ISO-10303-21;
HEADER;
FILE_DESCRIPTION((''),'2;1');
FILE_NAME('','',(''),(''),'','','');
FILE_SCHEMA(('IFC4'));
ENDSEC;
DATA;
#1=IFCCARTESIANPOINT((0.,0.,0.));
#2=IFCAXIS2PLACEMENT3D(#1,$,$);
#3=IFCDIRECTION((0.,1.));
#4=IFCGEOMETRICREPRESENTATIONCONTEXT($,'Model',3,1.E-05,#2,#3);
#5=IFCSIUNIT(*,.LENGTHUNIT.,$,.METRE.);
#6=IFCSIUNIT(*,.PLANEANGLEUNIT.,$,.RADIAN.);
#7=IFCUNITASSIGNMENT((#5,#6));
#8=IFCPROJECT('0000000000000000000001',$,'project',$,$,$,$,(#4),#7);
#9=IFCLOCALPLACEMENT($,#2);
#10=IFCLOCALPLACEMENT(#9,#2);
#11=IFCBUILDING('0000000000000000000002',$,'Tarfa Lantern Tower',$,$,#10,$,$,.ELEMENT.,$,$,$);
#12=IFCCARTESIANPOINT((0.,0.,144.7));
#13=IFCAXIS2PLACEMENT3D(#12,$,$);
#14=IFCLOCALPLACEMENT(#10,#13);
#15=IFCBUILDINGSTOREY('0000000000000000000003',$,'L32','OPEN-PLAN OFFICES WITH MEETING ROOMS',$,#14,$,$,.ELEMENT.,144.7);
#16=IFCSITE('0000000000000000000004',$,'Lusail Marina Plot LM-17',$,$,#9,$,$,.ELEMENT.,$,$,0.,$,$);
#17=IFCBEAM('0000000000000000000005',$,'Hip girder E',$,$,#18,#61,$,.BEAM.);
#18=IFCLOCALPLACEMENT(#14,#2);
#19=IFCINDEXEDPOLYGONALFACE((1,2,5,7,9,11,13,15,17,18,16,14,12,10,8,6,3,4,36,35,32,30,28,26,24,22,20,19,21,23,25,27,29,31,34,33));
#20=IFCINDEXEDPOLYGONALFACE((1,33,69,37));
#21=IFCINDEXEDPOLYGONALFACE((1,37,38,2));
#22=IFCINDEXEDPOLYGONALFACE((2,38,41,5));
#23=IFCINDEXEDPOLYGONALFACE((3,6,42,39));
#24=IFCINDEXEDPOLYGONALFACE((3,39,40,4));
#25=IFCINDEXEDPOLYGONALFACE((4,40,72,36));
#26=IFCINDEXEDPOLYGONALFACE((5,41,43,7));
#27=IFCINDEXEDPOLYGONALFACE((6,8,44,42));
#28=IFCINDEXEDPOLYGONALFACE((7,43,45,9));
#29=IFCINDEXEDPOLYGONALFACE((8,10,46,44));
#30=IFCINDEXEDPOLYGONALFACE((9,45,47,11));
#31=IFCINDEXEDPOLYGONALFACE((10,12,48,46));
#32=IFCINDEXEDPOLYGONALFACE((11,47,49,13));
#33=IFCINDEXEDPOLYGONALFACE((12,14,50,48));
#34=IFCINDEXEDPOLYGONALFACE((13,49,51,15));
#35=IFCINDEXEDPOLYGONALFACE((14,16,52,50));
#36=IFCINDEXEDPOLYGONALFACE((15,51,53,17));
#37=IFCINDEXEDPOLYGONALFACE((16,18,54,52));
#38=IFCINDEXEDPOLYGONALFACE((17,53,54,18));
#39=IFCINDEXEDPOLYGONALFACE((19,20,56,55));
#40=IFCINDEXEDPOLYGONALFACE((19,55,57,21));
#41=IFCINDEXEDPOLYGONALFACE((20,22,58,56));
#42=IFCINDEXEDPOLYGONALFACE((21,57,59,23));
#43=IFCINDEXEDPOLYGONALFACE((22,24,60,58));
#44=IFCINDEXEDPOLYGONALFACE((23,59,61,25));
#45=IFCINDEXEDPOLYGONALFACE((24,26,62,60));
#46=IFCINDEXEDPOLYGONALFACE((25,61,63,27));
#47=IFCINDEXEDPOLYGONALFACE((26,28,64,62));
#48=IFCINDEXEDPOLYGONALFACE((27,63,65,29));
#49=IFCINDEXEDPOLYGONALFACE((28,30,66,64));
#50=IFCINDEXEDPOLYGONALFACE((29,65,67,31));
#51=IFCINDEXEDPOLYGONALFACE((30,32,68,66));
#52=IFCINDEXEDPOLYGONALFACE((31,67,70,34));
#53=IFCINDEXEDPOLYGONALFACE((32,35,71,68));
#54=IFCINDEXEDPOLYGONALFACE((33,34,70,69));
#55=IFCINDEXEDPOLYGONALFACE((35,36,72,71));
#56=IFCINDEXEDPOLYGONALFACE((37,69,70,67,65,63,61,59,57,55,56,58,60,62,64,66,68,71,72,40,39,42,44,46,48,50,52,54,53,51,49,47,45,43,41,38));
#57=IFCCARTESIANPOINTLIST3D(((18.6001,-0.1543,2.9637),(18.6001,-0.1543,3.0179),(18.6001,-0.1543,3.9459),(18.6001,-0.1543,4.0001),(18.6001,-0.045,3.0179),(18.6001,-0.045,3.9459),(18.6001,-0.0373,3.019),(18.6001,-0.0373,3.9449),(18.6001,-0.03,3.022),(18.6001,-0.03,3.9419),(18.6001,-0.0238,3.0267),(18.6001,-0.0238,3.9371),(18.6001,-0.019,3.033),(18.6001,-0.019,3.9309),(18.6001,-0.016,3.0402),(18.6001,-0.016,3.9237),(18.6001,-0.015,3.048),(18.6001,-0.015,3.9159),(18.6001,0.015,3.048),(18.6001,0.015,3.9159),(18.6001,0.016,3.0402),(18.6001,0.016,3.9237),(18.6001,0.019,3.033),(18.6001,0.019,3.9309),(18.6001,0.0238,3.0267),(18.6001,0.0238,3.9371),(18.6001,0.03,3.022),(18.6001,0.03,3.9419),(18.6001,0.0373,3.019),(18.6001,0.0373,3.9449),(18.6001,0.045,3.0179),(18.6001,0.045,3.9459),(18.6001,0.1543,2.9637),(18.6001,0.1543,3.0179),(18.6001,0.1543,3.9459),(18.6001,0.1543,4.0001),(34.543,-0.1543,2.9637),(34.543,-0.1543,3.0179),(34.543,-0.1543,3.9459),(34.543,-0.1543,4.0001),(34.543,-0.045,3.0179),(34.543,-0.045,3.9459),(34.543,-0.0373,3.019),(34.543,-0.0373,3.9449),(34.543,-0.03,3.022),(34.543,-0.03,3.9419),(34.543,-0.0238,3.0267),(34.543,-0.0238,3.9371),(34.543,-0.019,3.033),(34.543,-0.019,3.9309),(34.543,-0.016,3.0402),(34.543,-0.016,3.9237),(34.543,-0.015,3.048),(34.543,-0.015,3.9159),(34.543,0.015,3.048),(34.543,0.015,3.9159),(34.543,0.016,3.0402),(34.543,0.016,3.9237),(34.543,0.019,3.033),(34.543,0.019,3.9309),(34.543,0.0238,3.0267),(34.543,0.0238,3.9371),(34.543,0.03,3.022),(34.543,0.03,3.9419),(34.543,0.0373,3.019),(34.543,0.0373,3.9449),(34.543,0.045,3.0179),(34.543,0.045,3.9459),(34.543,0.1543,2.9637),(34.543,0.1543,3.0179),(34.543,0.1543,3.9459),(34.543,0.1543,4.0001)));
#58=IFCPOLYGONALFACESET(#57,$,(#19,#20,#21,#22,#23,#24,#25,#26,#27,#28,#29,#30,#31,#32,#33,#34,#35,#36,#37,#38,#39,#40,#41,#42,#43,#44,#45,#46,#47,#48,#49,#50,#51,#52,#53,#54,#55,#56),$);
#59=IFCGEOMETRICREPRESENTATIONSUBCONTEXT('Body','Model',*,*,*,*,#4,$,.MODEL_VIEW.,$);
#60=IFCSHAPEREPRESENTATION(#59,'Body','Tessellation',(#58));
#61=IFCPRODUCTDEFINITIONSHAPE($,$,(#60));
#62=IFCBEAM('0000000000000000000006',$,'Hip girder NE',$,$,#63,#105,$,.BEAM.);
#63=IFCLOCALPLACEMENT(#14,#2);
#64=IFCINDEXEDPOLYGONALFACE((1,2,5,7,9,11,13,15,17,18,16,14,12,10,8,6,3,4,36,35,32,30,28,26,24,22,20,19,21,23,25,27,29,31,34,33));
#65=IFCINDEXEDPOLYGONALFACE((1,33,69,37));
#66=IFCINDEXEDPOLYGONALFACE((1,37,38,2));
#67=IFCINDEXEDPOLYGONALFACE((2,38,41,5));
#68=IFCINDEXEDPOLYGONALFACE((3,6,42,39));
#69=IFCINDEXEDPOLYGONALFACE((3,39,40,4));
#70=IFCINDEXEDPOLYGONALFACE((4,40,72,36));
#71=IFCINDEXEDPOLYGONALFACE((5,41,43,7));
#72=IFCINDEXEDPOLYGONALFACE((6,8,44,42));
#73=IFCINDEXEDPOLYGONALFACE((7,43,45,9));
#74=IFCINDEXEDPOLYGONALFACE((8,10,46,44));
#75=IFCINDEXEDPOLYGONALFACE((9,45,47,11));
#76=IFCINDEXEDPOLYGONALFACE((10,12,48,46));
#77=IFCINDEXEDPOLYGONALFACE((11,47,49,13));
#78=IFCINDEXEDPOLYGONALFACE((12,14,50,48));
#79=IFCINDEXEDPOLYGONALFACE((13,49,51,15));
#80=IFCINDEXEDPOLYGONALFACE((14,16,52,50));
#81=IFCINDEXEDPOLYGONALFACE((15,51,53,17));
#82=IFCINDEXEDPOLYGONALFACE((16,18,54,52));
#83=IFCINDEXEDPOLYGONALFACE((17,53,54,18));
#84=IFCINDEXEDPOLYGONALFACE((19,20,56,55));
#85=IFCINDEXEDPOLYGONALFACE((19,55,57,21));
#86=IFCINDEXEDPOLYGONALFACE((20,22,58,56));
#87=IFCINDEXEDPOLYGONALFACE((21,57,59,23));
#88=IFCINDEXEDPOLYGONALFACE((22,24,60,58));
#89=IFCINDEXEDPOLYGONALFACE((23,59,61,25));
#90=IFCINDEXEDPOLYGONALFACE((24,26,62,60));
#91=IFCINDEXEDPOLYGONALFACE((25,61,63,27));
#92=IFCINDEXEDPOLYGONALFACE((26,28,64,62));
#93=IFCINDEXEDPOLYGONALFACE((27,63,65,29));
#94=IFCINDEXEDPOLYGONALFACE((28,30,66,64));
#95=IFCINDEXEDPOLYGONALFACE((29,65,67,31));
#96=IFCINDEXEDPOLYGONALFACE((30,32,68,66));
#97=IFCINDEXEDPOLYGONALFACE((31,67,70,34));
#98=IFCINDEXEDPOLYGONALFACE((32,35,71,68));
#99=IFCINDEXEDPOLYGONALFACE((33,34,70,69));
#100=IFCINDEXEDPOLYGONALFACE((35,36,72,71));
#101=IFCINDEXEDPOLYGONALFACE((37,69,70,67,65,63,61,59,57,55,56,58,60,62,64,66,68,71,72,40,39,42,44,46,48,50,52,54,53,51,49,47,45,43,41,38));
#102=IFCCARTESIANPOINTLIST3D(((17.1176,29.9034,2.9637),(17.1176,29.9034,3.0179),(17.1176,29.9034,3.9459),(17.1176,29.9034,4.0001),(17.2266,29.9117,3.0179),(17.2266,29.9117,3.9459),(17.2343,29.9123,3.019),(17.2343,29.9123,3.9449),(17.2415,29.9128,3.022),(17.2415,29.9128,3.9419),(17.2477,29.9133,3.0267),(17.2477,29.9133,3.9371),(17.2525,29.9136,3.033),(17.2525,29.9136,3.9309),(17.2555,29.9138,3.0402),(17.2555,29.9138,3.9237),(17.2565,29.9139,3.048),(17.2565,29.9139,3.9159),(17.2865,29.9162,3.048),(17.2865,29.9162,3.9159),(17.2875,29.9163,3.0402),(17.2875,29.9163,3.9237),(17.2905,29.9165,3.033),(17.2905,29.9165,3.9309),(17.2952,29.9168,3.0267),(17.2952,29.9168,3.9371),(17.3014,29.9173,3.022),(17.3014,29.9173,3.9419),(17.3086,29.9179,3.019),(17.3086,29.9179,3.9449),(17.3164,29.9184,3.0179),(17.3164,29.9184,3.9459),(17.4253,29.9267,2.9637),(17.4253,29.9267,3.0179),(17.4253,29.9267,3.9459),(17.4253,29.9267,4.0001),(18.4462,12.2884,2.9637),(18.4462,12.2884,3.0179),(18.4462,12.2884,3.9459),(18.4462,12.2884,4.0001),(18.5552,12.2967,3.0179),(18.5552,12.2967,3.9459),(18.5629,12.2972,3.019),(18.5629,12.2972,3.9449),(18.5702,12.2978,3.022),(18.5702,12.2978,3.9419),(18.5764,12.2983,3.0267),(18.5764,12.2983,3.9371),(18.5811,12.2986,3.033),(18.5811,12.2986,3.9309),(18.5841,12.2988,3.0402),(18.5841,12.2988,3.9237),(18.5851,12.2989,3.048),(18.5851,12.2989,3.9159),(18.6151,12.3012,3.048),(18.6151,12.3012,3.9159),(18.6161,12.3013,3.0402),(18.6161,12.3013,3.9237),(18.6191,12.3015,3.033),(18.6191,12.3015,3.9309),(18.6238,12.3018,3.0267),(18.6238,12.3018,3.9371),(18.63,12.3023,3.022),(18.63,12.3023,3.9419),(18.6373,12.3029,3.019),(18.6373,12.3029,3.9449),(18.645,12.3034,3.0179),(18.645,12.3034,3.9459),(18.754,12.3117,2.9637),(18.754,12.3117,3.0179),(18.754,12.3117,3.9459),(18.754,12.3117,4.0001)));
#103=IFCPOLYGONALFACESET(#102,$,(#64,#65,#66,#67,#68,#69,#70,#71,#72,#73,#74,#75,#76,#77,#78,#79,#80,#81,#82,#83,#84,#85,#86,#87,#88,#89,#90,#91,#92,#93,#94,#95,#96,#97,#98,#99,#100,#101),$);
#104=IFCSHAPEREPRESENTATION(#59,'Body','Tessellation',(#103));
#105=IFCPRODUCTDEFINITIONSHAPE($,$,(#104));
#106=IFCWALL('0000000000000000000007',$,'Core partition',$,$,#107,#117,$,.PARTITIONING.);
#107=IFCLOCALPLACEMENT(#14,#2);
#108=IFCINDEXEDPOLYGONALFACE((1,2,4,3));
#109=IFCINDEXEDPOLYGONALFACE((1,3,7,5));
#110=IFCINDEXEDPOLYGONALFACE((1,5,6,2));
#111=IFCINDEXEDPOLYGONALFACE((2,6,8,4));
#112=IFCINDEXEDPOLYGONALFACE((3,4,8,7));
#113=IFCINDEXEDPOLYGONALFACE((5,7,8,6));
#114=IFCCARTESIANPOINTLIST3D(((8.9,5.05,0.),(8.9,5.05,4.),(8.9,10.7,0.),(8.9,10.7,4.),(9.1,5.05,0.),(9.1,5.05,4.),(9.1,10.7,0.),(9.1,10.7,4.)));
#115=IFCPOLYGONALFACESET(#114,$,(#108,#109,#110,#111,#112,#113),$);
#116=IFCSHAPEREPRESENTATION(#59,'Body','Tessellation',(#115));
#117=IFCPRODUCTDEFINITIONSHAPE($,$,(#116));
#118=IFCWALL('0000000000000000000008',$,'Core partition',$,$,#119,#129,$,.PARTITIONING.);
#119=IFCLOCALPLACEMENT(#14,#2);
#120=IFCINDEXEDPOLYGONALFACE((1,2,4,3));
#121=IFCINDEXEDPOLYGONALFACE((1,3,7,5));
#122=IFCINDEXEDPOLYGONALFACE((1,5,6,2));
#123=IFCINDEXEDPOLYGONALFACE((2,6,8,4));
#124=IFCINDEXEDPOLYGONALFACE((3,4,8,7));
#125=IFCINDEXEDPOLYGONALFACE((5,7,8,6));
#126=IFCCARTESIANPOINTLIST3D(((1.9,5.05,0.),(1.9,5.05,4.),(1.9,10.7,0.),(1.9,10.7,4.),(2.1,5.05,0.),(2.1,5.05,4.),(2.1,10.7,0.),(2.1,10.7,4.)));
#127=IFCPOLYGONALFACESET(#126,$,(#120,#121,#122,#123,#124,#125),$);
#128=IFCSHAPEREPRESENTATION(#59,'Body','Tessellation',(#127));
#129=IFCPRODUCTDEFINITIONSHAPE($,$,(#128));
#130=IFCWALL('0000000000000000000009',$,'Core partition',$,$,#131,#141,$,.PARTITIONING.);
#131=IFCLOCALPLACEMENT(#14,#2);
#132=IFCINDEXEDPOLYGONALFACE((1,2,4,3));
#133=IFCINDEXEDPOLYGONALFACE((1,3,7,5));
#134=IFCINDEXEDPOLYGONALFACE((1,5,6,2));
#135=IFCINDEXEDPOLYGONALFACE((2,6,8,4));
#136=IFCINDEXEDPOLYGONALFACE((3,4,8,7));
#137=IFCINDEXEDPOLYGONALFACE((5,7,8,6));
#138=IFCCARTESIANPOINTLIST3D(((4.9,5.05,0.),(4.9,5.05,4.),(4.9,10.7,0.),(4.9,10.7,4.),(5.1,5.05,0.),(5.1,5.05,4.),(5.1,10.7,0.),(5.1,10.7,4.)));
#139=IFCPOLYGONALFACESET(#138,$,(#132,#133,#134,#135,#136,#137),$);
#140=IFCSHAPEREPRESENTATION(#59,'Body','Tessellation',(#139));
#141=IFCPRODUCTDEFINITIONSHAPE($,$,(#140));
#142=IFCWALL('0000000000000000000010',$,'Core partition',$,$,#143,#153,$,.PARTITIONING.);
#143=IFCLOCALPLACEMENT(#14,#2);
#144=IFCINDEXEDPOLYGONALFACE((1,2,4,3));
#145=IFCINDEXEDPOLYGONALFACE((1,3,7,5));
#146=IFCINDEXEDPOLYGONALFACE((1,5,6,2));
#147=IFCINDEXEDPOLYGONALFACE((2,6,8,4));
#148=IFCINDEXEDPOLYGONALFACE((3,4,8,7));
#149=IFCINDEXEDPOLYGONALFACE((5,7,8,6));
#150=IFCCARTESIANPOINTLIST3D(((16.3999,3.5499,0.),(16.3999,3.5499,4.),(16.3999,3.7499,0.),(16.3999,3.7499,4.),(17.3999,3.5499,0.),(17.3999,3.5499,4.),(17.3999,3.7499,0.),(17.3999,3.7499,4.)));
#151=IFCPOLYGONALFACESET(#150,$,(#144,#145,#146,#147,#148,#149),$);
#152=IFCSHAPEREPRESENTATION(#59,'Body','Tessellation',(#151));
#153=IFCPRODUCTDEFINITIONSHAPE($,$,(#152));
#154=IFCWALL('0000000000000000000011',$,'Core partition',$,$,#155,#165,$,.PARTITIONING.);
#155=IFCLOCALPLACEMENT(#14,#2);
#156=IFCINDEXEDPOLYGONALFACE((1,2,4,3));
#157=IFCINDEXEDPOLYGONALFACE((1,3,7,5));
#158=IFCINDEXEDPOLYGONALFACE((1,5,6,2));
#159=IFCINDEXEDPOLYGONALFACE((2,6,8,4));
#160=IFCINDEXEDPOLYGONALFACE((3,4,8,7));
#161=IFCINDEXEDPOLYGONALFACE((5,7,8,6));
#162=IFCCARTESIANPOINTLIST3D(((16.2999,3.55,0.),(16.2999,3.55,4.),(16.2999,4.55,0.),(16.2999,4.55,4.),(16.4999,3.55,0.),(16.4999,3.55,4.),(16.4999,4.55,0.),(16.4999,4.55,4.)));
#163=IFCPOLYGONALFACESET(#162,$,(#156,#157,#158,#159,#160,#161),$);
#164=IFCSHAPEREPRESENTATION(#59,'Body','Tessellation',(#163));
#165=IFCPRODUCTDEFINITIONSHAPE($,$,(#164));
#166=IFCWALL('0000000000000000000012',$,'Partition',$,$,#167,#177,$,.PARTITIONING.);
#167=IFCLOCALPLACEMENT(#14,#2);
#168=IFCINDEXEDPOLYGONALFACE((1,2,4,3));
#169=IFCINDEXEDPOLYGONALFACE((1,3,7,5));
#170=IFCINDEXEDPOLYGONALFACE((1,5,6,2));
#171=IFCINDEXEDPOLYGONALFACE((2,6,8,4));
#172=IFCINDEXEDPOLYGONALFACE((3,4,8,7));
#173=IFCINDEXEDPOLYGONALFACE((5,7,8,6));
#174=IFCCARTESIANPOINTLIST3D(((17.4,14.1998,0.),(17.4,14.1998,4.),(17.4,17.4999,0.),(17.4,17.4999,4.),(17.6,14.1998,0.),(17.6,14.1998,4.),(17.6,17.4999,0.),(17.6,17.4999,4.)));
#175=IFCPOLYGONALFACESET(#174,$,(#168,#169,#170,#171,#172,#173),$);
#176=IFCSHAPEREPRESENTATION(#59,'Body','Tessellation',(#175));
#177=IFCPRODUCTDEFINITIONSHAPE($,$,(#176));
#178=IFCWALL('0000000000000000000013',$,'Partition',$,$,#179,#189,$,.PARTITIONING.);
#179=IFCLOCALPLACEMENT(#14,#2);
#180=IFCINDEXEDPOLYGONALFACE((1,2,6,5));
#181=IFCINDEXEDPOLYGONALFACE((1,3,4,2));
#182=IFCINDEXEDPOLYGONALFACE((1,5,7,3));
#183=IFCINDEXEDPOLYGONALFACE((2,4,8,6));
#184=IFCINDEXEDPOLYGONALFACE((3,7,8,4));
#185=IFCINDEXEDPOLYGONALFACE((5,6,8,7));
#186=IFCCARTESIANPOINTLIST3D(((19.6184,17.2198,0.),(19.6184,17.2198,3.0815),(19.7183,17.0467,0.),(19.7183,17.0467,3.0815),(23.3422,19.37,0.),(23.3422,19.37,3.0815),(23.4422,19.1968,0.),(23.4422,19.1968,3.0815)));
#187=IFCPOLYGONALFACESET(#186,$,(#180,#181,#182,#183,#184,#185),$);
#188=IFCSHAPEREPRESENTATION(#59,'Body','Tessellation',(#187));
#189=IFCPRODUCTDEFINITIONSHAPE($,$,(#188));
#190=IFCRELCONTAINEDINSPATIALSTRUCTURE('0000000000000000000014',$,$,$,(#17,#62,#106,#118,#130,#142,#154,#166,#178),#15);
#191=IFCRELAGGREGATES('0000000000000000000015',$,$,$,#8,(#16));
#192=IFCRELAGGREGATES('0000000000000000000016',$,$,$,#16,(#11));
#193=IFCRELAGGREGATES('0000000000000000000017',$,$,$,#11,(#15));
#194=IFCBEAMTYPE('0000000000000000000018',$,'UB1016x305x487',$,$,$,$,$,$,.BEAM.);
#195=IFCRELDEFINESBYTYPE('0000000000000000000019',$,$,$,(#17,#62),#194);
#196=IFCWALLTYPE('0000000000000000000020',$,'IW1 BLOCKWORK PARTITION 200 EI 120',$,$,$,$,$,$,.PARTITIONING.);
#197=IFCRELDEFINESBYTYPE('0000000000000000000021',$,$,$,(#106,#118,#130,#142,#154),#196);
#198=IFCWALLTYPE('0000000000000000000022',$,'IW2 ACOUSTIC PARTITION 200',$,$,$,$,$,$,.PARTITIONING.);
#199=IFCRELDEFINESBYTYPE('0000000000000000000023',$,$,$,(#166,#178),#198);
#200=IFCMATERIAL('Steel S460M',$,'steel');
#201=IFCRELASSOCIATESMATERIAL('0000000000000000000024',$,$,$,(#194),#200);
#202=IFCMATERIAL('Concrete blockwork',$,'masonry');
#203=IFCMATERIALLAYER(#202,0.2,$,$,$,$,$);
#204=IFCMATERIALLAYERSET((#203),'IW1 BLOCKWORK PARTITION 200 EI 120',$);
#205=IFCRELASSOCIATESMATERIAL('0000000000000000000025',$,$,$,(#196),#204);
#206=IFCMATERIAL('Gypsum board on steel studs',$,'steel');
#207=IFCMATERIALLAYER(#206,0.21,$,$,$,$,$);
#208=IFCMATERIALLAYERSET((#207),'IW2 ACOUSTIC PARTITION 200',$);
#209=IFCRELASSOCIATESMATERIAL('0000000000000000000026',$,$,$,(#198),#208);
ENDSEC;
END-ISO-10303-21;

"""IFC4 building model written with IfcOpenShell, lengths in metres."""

from ifc_helpers import new_model, si_unit, direction, frame, frame_2d, origin, origin_2d, place, context, subcontext, project, spatial, rectangle, i_section, extrude, material, layer, layer_set, material_profile, profile_set, type_object, element, save


model = new_model("IFC4")

# Units and contexts
model_context = context("Model", 3, precision=1e-05, world=origin(), true_north=direction((0.0, 1.0)))
body_context = subcontext(model_context, "Body", "Model", "MODEL_VIEW")
ifc_project = project(units=[si_unit("LENGTHUNIT", "METRE"), si_unit("PLANEANGLEUNIT", "RADIAN")], contexts=[model_context])

# Site, building, storey
site_placement = place(None, origin())
site = spatial("IfcSite", under=ifc_project, at=site_placement, Name="Lusail Marina Plot LM-17", CompositionType="ELEMENT", RefElevation=0.0)
building_placement = place(site_placement, origin())
building = spatial("IfcBuilding", under=site, at=building_placement, Name="Tarfa Lantern Tower", CompositionType="ELEMENT")
storey_placement = place(building_placement, frame((0.0, 0.0, 144.7)))
storey = spatial("IfcBuildingStorey", under=building, at=storey_placement, Name="L32", Description="OPEN-PLAN OFFICES WITH MEETING ROOMS", CompositionType="ELEMENT", Elevation=144.7)

# Beams
ifc_material_1 = material(Name="Steel S460M", Category="steel")
ifc_material_profile = material_profile(ifc_material_1, i_section(OverallWidth=0.3086, OverallDepth=1.0364, WebThickness=0.03, FlangeThickness=0.0542, FilletRadius=0.03, at=origin_2d()), Name="UB1016x305x487")
ifc_profile_set = profile_set([ifc_material_profile], Name="Steel S460M")
beam_type = type_object("IfcBeamType", Name="UB1016x305x487", PredefinedType="BEAM", material=ifc_profile_set)
beam_1_placement = place(storey_placement, frame((18.6001, 0.0, 3.4819), z_axis=(1.0, 0.0, 0.0), x_axis=(0.0, 1.0, 0.0)))
element("IfcBeam", 1, at=beam_1_placement, inside=storey, type_object=beam_type, Name="Hip girder E", PredefinedType="BEAM", context=body_context, shape_type="SweptSolid", body=[
    extrude(i_section(OverallWidth=0.3086, OverallDepth=1.0364, WebThickness=0.03, FlangeThickness=0.0542, FilletRadius=0.03, at=origin_2d()), origin(), (0.0, 0.0, 1.0), 15.9429),
])
beam_2_placement = place(storey_placement, frame((18.6001, 12.3, 3.4819), z_axis=(-0.075212, 0.997168, 0.0), x_axis=(-0.997168, -0.075212, 0.0)))
element("IfcBeam", 2, at=beam_2_placement, inside=storey, type_object=beam_type, Name="Hip girder NE", PredefinedType="BEAM", context=body_context, shape_type="SweptSolid", body=[
    extrude(i_section(OverallWidth=0.3086, OverallDepth=1.0364, WebThickness=0.03, FlangeThickness=0.0542, FilletRadius=0.03, at=origin_2d()), origin(), (0.0, 0.0, 1.0), 17.665),
])

# Walls
ifc_material_2 = material(Name="Concrete blockwork", Category="masonry")
ifc_layer_1 = layer(ifc_material_2, 0.2)
ifc_layer_set_1 = layer_set([ifc_layer_1], Name="IW1 BLOCKWORK PARTITION 200 EI 120")
wall_type_1 = type_object("IfcWallType", Name="IW1 BLOCKWORK PARTITION 200 EI 120", PredefinedType="PARTITIONING", material=ifc_layer_set_1)
for number, where, z_axis, x_axis, name in (
    (3, (9.0, 5.05, 0.0), (0.0, 0.0, 1.0), (0.0, 1.0, 0.0), "Core partition"),
    (4, (2.0, 5.05, 0.0), (0.0, 0.0, 1.0), (0.0, 1.0, 0.0), "Core partition"),
    (5, (5.0, 5.05, 0.0), (0.0, 0.0, 1.0), (0.0, 1.0, 0.0), "Core partition"),
):
    element("IfcWall", number, at=place(storey_placement, frame(where, z_axis=z_axis, x_axis=x_axis)), inside=storey, type_object=wall_type_1, Name=name, PredefinedType="PARTITIONING", context=body_context, shape_type="SweptSolid", body=[
        extrude(rectangle(XDim=5.6499, YDim=0.2, at=frame_2d((2.825, 0.0))), origin(), (0.0, 0.0, 1.0), 4.0),
    ])
for number, where, z_axis, x_axis, name in (
    (6, (16.3999, 3.6499, 0.0), (0.0, 0.0, 1.0), (1.0, 0.0, 0.0), "Core partition"),
    (7, (16.3999, 3.55, 0.0), (0.0, 0.0, 1.0), (0.0, 1.0, 0.0), "Core partition"),
):
    element("IfcWall", number, at=place(storey_placement, frame(where, z_axis=z_axis, x_axis=x_axis)), inside=storey, type_object=wall_type_1, Name=name, PredefinedType="PARTITIONING", context=body_context, shape_type="SweptSolid", body=[
        extrude(rectangle(XDim=1.0, YDim=0.2, at=frame_2d((0.5, 0.0))), origin(), (0.0, 0.0, 1.0), 4.0),
    ])
ifc_material_3 = material(Name="Gypsum board on steel studs", Category="steel")
ifc_layer_2 = layer(ifc_material_3, 0.21)
ifc_layer_set_2 = layer_set([ifc_layer_2], Name="IW2 ACOUSTIC PARTITION 200")
wall_type_2 = type_object("IfcWallType", Name="IW2 ACOUSTIC PARTITION 200", PredefinedType="PARTITIONING", material=ifc_layer_set_2)
wall_1_placement = place(storey_placement, frame((17.5, 14.2, 0.0), z_axis=(0.0, 0.0, 1.0), x_axis=(0.0, 1.0, 0.0)))
element("IfcWall", 8, at=wall_1_placement, inside=storey, type_object=wall_type_2, Name="Partition", PredefinedType="PARTITIONING", context=body_context, shape_type="SweptSolid", body=[
    extrude(rectangle(XDim=3.3, YDim=0.2, at=frame_2d((1.6499, 0.0))), origin(), (0.0, 0.0, 1.0), 4.0),
])
wall_2_placement = place(storey_placement, frame((19.6685, 17.1333, 0.0), z_axis=(0.0, 0.0, 1.0), x_axis=(0.866009, 0.500029, 0.0)))
element("IfcWall", 9, at=wall_2_placement, inside=storey, type_object=wall_type_2, Name="Partition", PredefinedType="PARTITIONING", context=body_context, shape_type="SweptSolid", body=[
    extrude(rectangle(XDim=4.3, YDim=0.2, at=frame_2d((2.1499, 0.0))), origin(), (0.0, 0.0, 1.0), 3.0815),
])

save(model, "model.ifc")
